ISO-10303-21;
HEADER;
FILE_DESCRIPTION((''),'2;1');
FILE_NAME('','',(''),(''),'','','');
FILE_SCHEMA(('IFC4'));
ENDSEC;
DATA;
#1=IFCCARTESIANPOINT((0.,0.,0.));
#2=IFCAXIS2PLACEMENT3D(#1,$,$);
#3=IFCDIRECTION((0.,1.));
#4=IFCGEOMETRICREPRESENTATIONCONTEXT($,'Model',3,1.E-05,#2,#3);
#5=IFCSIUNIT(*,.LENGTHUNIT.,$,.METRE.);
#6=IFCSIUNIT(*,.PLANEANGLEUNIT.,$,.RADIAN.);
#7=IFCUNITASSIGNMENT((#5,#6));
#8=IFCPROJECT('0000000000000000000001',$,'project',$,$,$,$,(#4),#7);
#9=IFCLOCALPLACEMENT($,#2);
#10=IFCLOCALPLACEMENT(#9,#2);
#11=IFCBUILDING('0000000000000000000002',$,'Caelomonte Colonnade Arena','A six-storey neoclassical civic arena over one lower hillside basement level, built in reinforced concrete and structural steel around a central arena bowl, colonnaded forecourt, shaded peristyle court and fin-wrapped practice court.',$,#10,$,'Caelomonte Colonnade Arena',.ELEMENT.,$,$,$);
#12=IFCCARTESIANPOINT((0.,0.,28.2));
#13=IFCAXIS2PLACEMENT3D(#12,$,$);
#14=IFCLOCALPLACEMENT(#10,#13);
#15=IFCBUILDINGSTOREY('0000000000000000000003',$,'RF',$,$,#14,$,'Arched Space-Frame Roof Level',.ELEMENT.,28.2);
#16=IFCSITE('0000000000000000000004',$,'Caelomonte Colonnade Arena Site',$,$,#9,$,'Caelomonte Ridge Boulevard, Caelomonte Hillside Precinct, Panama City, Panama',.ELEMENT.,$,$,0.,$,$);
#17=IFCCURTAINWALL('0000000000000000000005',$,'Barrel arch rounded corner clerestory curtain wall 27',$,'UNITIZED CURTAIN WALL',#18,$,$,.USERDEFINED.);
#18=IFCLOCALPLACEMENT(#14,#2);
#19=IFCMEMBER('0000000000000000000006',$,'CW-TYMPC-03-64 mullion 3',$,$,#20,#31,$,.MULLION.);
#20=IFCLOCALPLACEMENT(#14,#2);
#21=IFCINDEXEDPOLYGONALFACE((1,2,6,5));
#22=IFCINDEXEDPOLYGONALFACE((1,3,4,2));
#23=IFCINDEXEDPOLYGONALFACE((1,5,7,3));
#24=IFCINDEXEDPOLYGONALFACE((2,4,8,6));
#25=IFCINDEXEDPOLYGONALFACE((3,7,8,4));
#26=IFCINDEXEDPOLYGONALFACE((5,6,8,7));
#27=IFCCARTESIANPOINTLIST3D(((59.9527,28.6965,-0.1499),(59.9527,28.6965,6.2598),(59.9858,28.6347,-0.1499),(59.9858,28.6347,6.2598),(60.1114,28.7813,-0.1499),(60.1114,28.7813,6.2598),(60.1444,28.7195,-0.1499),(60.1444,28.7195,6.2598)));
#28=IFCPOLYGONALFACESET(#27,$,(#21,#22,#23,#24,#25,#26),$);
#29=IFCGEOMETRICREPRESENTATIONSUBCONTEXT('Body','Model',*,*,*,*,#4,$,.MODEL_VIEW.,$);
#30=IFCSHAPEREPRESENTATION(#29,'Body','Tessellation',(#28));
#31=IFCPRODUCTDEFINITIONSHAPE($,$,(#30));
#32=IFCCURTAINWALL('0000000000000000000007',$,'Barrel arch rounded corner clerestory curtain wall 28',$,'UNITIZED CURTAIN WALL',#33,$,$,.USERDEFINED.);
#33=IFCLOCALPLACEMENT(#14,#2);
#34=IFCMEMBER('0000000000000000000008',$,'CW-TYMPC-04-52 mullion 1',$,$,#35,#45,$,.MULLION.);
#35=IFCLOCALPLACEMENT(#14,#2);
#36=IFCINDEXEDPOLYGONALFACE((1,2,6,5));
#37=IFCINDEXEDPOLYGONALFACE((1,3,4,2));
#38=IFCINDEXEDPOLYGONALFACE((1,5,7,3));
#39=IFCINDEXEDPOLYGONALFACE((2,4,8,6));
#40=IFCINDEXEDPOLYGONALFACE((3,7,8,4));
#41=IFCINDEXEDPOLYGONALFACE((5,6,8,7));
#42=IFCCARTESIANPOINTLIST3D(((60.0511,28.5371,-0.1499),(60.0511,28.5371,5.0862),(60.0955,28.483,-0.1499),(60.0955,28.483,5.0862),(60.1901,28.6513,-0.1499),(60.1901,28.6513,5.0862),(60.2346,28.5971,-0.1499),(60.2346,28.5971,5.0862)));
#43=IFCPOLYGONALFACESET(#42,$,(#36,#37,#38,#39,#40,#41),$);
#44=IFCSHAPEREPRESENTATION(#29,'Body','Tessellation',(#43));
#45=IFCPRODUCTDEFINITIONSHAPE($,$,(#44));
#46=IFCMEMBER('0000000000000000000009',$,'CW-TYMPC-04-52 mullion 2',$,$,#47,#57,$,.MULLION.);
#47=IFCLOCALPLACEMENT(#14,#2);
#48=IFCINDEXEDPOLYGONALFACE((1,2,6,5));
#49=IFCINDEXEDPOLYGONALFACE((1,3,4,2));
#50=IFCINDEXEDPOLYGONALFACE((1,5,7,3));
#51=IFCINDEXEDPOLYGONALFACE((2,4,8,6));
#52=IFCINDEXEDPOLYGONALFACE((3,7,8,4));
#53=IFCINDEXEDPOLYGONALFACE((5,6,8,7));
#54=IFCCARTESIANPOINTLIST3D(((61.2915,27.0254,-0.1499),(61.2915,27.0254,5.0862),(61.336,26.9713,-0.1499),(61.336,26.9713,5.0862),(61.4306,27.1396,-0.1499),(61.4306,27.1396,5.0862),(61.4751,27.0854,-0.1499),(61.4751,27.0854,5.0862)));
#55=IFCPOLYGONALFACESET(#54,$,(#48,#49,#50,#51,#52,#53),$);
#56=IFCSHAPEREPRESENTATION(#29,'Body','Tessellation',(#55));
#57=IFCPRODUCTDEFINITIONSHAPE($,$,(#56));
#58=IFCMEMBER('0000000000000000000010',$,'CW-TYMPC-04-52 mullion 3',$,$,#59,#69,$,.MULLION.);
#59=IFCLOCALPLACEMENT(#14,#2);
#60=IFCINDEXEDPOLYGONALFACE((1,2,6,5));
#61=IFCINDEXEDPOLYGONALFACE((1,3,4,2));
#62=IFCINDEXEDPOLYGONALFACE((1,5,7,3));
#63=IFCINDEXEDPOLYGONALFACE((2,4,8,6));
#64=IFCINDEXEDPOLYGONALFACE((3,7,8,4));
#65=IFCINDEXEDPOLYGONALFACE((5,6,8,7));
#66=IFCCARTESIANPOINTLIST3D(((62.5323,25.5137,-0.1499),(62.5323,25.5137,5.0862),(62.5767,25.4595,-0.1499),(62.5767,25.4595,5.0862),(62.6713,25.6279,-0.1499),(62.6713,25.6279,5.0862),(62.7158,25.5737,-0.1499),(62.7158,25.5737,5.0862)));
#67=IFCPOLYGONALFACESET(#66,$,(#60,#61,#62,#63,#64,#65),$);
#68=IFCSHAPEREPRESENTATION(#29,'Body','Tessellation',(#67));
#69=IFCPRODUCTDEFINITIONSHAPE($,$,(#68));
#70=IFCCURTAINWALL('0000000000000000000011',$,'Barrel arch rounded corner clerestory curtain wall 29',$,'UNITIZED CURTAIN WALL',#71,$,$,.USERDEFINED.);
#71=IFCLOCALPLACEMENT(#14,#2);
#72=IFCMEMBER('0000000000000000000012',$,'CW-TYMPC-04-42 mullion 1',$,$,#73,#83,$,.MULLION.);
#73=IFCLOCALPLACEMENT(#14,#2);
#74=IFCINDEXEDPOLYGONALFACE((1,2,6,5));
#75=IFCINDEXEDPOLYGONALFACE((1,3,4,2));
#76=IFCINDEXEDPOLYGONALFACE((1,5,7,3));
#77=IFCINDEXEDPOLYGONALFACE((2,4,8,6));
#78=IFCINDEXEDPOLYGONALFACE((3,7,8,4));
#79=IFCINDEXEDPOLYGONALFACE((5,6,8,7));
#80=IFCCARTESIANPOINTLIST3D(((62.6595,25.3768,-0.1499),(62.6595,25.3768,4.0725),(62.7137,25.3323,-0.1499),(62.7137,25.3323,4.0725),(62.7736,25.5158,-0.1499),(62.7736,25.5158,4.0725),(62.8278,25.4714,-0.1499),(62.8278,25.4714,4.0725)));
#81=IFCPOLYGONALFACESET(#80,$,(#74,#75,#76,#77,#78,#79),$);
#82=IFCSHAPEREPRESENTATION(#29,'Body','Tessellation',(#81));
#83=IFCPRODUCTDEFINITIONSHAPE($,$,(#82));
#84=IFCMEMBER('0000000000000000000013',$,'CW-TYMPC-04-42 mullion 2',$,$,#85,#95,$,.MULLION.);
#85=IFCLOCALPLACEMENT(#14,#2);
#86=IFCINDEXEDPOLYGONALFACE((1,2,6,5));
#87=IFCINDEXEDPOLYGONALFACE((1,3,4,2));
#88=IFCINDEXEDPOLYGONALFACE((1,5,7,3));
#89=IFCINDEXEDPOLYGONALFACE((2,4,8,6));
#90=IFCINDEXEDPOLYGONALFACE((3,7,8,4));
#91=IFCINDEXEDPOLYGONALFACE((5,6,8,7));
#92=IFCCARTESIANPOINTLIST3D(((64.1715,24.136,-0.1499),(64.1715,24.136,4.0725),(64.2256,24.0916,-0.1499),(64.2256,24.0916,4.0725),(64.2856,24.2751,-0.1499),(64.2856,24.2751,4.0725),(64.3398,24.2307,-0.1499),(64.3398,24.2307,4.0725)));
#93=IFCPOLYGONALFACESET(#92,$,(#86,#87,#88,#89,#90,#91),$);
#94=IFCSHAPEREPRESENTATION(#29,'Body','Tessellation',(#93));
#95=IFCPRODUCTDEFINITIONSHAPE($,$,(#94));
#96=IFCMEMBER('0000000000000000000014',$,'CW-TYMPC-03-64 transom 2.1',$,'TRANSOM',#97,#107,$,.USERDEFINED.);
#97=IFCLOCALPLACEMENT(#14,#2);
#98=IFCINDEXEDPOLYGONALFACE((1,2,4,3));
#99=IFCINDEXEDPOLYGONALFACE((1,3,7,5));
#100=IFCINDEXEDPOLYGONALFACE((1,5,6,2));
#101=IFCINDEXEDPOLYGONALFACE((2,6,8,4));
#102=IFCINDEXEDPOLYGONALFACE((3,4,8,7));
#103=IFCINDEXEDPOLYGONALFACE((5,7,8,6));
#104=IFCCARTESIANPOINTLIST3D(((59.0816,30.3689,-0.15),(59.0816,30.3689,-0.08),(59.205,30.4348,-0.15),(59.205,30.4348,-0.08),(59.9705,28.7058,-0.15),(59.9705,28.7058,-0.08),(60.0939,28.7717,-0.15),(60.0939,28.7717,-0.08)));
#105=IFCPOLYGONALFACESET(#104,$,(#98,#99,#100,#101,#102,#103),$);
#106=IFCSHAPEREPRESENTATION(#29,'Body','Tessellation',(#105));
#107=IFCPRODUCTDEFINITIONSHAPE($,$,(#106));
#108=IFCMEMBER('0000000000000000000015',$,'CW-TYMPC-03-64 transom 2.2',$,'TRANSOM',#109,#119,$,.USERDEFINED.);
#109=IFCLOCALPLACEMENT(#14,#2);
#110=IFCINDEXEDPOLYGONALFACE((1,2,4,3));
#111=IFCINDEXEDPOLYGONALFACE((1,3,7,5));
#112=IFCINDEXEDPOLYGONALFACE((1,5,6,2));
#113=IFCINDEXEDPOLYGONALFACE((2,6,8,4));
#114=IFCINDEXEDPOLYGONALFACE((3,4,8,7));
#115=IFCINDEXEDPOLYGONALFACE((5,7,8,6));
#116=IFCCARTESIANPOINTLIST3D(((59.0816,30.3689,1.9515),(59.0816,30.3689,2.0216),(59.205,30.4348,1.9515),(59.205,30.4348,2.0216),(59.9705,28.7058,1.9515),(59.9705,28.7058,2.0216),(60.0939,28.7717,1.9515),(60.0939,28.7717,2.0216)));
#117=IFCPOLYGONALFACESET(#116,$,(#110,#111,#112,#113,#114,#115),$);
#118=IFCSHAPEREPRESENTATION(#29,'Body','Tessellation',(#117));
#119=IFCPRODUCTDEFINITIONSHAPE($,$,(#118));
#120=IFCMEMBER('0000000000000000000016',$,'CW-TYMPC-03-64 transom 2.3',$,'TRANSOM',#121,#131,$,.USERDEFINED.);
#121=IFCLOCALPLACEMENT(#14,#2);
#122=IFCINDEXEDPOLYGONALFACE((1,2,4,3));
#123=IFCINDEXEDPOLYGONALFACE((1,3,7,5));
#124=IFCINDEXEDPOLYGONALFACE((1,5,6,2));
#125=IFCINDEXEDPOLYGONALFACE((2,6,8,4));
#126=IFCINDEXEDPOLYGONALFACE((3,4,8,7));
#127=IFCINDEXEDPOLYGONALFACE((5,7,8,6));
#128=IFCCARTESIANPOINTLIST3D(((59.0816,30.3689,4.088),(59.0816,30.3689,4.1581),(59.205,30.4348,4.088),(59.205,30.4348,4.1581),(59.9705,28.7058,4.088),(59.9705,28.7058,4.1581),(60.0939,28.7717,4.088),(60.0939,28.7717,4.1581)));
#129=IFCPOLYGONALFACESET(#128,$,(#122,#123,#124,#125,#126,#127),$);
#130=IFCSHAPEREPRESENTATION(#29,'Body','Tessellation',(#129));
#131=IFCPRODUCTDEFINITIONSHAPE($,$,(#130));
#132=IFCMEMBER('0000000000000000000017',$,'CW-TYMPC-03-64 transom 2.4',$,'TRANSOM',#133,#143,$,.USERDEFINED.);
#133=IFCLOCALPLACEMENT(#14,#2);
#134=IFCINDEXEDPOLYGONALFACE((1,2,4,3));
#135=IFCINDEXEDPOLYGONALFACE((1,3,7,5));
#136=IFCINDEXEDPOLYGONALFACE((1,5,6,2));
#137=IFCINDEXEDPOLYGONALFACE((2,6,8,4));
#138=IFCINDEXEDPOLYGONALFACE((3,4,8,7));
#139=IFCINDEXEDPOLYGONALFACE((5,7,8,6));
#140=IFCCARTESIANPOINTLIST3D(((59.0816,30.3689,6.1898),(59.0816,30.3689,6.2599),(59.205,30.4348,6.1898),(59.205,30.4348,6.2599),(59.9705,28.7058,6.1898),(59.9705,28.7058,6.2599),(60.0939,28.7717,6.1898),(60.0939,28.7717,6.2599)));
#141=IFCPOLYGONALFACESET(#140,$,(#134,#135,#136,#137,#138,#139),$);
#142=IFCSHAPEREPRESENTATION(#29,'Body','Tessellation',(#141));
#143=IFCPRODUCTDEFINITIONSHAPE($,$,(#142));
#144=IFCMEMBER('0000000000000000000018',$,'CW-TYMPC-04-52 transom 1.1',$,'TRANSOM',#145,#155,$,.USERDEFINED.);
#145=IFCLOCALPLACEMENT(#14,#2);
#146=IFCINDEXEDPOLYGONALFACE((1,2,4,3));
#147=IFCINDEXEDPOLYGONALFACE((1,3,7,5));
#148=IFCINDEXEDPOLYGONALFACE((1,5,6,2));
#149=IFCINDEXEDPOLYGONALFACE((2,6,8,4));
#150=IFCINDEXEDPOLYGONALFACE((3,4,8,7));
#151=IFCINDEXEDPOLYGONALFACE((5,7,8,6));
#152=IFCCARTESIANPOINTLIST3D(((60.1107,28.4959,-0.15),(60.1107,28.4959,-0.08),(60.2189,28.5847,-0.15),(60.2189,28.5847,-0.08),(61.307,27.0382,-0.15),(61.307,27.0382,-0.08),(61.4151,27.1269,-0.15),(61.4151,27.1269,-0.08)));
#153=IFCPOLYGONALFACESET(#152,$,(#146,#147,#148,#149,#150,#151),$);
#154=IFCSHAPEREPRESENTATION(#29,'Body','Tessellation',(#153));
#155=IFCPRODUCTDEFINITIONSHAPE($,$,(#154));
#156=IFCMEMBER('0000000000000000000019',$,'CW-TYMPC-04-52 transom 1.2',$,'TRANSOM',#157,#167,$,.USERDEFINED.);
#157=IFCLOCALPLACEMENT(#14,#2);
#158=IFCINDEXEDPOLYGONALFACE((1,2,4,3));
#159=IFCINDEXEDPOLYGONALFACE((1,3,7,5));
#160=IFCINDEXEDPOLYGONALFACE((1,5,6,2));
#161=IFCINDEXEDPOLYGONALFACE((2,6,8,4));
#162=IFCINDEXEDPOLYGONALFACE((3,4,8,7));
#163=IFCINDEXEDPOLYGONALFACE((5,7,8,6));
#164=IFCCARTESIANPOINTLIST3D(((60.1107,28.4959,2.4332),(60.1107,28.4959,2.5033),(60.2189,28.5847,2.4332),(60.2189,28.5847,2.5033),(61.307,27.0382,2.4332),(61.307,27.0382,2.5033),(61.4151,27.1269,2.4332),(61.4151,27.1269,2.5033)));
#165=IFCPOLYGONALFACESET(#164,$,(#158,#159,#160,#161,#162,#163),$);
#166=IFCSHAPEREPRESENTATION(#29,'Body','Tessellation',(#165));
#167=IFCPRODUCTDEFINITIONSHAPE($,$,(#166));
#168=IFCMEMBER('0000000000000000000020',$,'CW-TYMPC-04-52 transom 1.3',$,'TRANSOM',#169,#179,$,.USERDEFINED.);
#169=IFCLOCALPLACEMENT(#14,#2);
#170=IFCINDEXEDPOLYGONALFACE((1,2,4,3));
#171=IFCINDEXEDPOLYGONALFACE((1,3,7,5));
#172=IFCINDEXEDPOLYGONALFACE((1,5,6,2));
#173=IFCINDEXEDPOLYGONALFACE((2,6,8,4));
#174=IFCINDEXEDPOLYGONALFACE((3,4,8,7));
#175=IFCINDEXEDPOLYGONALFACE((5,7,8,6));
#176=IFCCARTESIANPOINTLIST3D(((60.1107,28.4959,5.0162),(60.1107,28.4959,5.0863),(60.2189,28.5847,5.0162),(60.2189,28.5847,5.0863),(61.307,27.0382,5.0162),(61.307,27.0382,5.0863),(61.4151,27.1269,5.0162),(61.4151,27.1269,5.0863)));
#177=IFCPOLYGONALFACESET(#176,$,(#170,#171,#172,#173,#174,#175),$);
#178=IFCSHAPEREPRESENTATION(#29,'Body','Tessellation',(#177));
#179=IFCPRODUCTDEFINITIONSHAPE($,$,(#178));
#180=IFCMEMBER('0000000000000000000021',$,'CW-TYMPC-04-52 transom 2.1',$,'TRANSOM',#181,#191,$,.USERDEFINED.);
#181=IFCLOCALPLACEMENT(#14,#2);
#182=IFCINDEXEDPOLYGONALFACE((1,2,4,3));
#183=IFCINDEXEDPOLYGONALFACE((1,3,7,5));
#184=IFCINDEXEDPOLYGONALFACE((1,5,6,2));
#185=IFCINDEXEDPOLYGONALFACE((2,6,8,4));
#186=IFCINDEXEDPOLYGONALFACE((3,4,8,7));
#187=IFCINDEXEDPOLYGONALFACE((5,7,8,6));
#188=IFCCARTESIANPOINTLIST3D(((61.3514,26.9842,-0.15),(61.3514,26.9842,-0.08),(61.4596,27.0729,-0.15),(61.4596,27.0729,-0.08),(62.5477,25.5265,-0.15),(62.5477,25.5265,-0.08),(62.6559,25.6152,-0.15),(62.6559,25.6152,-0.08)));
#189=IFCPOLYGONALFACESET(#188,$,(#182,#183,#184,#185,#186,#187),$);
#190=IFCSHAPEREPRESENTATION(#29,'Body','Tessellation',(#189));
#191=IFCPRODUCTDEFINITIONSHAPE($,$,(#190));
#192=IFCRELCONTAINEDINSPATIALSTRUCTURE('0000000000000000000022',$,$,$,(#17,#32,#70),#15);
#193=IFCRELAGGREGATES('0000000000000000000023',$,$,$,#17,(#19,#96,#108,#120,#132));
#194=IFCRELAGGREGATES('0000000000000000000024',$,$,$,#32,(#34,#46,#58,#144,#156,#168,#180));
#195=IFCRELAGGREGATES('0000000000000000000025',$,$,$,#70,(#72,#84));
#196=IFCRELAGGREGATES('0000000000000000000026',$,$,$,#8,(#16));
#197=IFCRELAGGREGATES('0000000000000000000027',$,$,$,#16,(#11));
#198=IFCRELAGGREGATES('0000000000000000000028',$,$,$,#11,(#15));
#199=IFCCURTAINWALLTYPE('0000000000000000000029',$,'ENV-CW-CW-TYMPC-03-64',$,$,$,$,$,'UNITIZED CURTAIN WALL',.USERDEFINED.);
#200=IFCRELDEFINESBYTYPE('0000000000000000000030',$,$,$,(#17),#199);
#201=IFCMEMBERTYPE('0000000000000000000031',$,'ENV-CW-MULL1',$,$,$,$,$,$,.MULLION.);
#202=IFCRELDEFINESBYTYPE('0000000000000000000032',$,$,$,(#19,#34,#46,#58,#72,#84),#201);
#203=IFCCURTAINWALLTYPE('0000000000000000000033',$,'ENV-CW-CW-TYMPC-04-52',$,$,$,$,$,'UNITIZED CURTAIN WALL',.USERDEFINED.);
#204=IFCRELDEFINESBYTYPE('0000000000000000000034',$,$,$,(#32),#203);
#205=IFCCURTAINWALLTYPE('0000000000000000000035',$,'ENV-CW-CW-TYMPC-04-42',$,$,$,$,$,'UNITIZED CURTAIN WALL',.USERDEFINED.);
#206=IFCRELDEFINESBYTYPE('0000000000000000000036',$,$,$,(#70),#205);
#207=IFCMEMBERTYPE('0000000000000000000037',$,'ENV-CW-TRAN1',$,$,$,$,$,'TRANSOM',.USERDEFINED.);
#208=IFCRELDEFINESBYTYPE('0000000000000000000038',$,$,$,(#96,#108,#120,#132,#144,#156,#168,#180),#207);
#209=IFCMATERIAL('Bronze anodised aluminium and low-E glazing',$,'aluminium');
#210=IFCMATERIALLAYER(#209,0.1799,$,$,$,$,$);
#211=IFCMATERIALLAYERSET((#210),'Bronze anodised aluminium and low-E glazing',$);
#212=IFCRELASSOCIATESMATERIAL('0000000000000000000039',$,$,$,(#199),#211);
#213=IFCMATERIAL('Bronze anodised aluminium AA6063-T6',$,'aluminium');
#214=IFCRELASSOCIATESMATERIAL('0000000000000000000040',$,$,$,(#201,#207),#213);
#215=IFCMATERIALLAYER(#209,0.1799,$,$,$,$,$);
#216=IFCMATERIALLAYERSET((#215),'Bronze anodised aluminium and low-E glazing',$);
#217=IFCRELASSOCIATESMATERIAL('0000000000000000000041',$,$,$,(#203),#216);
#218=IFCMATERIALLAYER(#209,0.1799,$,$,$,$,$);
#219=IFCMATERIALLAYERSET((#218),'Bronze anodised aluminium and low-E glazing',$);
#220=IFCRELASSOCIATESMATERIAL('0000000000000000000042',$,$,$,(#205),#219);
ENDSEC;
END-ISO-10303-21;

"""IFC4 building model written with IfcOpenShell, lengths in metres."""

from ifc_helpers import new_model, si_unit, direction, frame, origin, origin_2d, place, context, subcontext, project, spatial, rectangle, extrude, material, layer, layer_set, material_profile, profile_set, type_object, element, aggregate, save


model = new_model("IFC4")

# Units and contexts
model_context = context("Model", 3, precision=1e-05, world=origin(), true_north=direction((0.0, 1.0)))
body_context = subcontext(model_context, "Body", "Model", "MODEL_VIEW")
ifc_project = project(units=[si_unit("LENGTHUNIT", "METRE"), si_unit("PLANEANGLEUNIT", "RADIAN")], contexts=[model_context])

# Site, building, storey
site_placement = place(None, origin())
site = spatial("IfcSite", under=ifc_project, at=site_placement, Name="Caelomonte Colonnade Arena Site", LongName="Caelomonte Ridge Boulevard, Caelomonte Hillside Precinct, Panama City, Panama", CompositionType="ELEMENT", RefElevation=0.0)
building_placement = place(site_placement, origin())
building = spatial("IfcBuilding", under=site, at=building_placement, Name="Caelomonte Colonnade Arena", Description="A six-storey neoclassical civic arena over one lower hillside basement level, built in reinforced concrete and structural steel around a central arena bowl, colonnaded forecourt, shaded peristyle court and fin-wrapped practice court.", LongName="Caelomonte Colonnade Arena", CompositionType="ELEMENT")
storey_placement = place(building_placement, frame((0.0, 0.0, 28.2)))
storey = spatial("IfcBuildingStorey", under=building, at=storey_placement, Name="RF", LongName="Arched Space-Frame Roof Level", CompositionType="ELEMENT", Elevation=28.2)

# Curtain wall, member
ifc_material_1 = material(Name="Bronze anodised aluminium and low-E glazing", Category="aluminium")
ifc_layer_1 = layer(ifc_material_1, 0.1799)
ifc_layer_set_1 = layer_set([ifc_layer_1], Name="Bronze anodised aluminium and low-E glazing")
curtain_wall_type_1 = type_object("IfcCurtainWallType", Name="ENV-CW-CW-TYMPC-03-64", ElementType="UNITIZED CURTAIN WALL", PredefinedType="USERDEFINED", material=ifc_layer_set_1)
curtain_wall_1_placement = place(storey_placement, origin())
curtain_wall_1 = element("IfcCurtainWall", 1, at=curtain_wall_1_placement, inside=storey, type_object=curtain_wall_type_1, Name="Barrel arch rounded corner clerestory curtain wall 27", ObjectType="UNITIZED CURTAIN WALL", PredefinedType="USERDEFINED")
ifc_material_2 = material(Name="Bronze anodised aluminium AA6063-T6", Category="aluminium")
ifc_material_profile_1 = material_profile(ifc_material_2, rectangle(XDim=0.0701, YDim=0.1799, at=origin_2d()), Name="CWM-70X180")
ifc_profile_set_1 = profile_set([ifc_material_profile_1], Name="Bronze anodised aluminium AA6063-T6")
member_type_1 = type_object("IfcMemberType", Name="ENV-CW-MULL1", PredefinedType="MULLION", material=ifc_profile_set_1)
member_1_placement = place(storey_placement, frame((60.0486, 28.708, -0.1499), z_axis=(0.0, 0.0, 1.0), x_axis=(0.471391, -0.881924, 0.0)))
member_1 = element("IfcMember", 2, at=member_1_placement, type_object=member_type_1, Name="CW-TYMPC-03-64 mullion 3", PredefinedType="MULLION", context=body_context, shape_type="SweptSolid", body=[
    extrude(rectangle(XDim=0.0701, YDim=0.1799, at=origin_2d()), origin(), (0.0, 0.0, 1.0), 6.4097),
])

# Curtain walls, members
ifc_layer_2 = layer(ifc_material_1, 0.1799)
ifc_layer_set_2 = layer_set([ifc_layer_2], Name="Bronze anodised aluminium and low-E glazing")
curtain_wall_type_2 = type_object("IfcCurtainWallType", Name="ENV-CW-CW-TYMPC-04-52", ElementType="UNITIZED CURTAIN WALL", PredefinedType="USERDEFINED", material=ifc_layer_set_2)
curtain_wall_2_placement = place(storey_placement, origin())
curtain_wall_2 = element("IfcCurtainWall", 3, at=curtain_wall_2_placement, inside=storey, type_object=curtain_wall_type_2, Name="Barrel arch rounded corner clerestory curtain wall 28", ObjectType="UNITIZED CURTAIN WALL", PredefinedType="USERDEFINED")
member_2_placement = place(storey_placement, frame((60.1428, 28.5671, -0.1499), z_axis=(0.0, 0.0, 1.0), x_axis=(0.634405, -0.773001, 0.0)))
member_2 = element("IfcMember", 4, at=member_2_placement, type_object=member_type_1, Name="CW-TYMPC-04-52 mullion 1", PredefinedType="MULLION", context=body_context, shape_type="SweptSolid", body=[
    extrude(rectangle(XDim=0.0701, YDim=0.1799, at=origin_2d()), origin(), (0.0, 0.0, 1.0), 5.2361),
])
member_3_placement = place(storey_placement, frame((61.3833, 27.0554, -0.1499), z_axis=(0.0, 0.0, 1.0), x_axis=(0.634405, -0.773001, 0.0)))
member_3 = element("IfcMember", 5, at=member_3_placement, type_object=member_type_1, Name="CW-TYMPC-04-52 mullion 2", PredefinedType="MULLION", context=body_context, shape_type="SweptSolid", body=[
    extrude(rectangle(XDim=0.0701, YDim=0.1799, at=origin_2d()), origin(), (0.0, 0.0, 1.0), 5.2361),
])
member_4_placement = place(storey_placement, frame((62.624, 25.5437, -0.1499), z_axis=(0.0, 0.0, 1.0), x_axis=(0.634405, -0.773001, 0.0)))
member_4 = element("IfcMember", 6, at=member_4_placement, type_object=member_type_1, Name="CW-TYMPC-04-52 mullion 3", PredefinedType="MULLION", context=body_context, shape_type="SweptSolid", body=[
    extrude(rectangle(XDim=0.0701, YDim=0.1799, at=origin_2d()), origin(), (0.0, 0.0, 1.0), 5.2361),
])
ifc_layer_3 = layer(ifc_material_1, 0.1799)
ifc_layer_set_3 = layer_set([ifc_layer_3], Name="Bronze anodised aluminium and low-E glazing")
curtain_wall_type_3 = type_object("IfcCurtainWallType", Name="ENV-CW-CW-TYMPC-04-42", ElementType="UNITIZED CURTAIN WALL", PredefinedType="USERDEFINED", material=ifc_layer_set_3)
curtain_wall_3_placement = place(storey_placement, origin())
curtain_wall_3 = element("IfcCurtainWall", 7, at=curtain_wall_3_placement, inside=storey, type_object=curtain_wall_type_3, Name="Barrel arch rounded corner clerestory curtain wall 29", ObjectType="UNITIZED CURTAIN WALL", PredefinedType="USERDEFINED")
member_5_placement = place(storey_placement, frame((62.7437, 25.4241, -0.1499), z_axis=(0.0, 0.0, 1.0), x_axis=(0.773001, -0.634405, 0.0)))
member_5 = element("IfcMember", 8, at=member_5_placement, type_object=member_type_1, Name="CW-TYMPC-04-42 mullion 1", PredefinedType="MULLION", context=body_context, shape_type="SweptSolid", body=[
    extrude(rectangle(XDim=0.0701, YDim=0.1799, at=origin_2d()), origin(), (0.0, 0.0, 1.0), 4.2224),
])
member_6_placement = place(storey_placement, frame((64.2556, 24.1833, -0.1499), z_axis=(0.0, 0.0, 1.0), x_axis=(0.773001, -0.634405, 0.0)))
member_6 = element("IfcMember", 9, at=member_6_placement, type_object=member_type_1, Name="CW-TYMPC-04-42 mullion 2", PredefinedType="MULLION", context=body_context, shape_type="SweptSolid", body=[
    extrude(rectangle(XDim=0.0701, YDim=0.1799, at=origin_2d()), origin(), (0.0, 0.0, 1.0), 4.2224),
])

# Members
ifc_material_profile_2 = material_profile(ifc_material_2, rectangle(XDim=0.0701, YDim=0.1399, at=origin_2d()), Name="CWT-70X140")
ifc_profile_set_2 = profile_set([ifc_material_profile_2], Name="Bronze anodised aluminium AA6063-T6")
member_type_2 = type_object("IfcMemberType", Name="ENV-CW-TRAN1", ElementType="TRANSOM", PredefinedType="USERDEFINED", material=ifc_profile_set_2)
member_7_placement = place(storey_placement, frame((59.1433, 30.4019, -0.115), z_axis=(0.471388, -0.881926, 0.0), x_axis=(0.0, 0.0, 1.0)))
member_7 = element("IfcMember", 10, at=member_7_placement, type_object=member_type_2, Name="CW-TYMPC-03-64 transom 2.1", ObjectType="TRANSOM", PredefinedType="USERDEFINED", context=body_context, shape_type="SweptSolid", body=[
    extrude(rectangle(XDim=0.0701, YDim=0.1399, at=origin_2d()), origin(), (0.0, 0.0, 1.0), 1.8857),
])
member_8_placement = place(storey_placement, frame((59.1433, 30.4019, 1.9866), z_axis=(0.471388, -0.881926, 0.0), x_axis=(0.0, 0.0, 1.0)))
member_8 = element("IfcMember", 11, at=member_8_placement, type_object=member_type_2, Name="CW-TYMPC-03-64 transom 2.2", ObjectType="TRANSOM", PredefinedType="USERDEFINED", context=body_context, shape_type="SweptSolid", body=[
    extrude(rectangle(XDim=0.0701, YDim=0.1399, at=origin_2d()), origin(), (0.0, 0.0, 1.0), 1.8857),
])
member_9_placement = place(storey_placement, frame((59.1433, 30.4019, 4.123), z_axis=(0.471388, -0.881926, 0.0), x_axis=(0.0, 0.0, 1.0)))
member_9 = element("IfcMember", 12, at=member_9_placement, type_object=member_type_2, Name="CW-TYMPC-03-64 transom 2.3", ObjectType="TRANSOM", PredefinedType="USERDEFINED", context=body_context, shape_type="SweptSolid", body=[
    extrude(rectangle(XDim=0.0701, YDim=0.1399, at=origin_2d()), origin(), (0.0, 0.0, 1.0), 1.8857),
])
member_10_placement = place(storey_placement, frame((59.1433, 30.4019, 6.2249), z_axis=(0.471388, -0.881926, 0.0), x_axis=(0.0, 0.0, 1.0)))
member_10 = element("IfcMember", 13, at=member_10_placement, type_object=member_type_2, Name="CW-TYMPC-03-64 transom 2.4", ObjectType="TRANSOM", PredefinedType="USERDEFINED", context=body_context, shape_type="SweptSolid", body=[
    extrude(rectangle(XDim=0.0701, YDim=0.1399, at=origin_2d()), origin(), (0.0, 0.0, 1.0), 1.8857),
])
member_11_placement = place(storey_placement, frame((60.1648, 28.5403, -0.115), z_axis=(0.634372, -0.773028, 0.0), x_axis=(0.0, 0.0, 1.0)))
member_11 = element("IfcMember", 14, at=member_11_placement, type_object=member_type_2, Name="CW-TYMPC-04-52 transom 1.1", ObjectType="TRANSOM", PredefinedType="USERDEFINED", context=body_context, shape_type="SweptSolid", body=[
    extrude(rectangle(XDim=0.0701, YDim=0.1399, at=origin_2d()), origin(), (0.0, 0.0, 1.0), 1.8857),
])
member_12_placement = place(storey_placement, frame((60.1648, 28.5403, 2.4683), z_axis=(0.634372, -0.773028, 0.0), x_axis=(0.0, 0.0, 1.0)))
member_12 = element("IfcMember", 15, at=member_12_placement, type_object=member_type_2, Name="CW-TYMPC-04-52 transom 1.2", ObjectType="TRANSOM", PredefinedType="USERDEFINED", context=body_context, shape_type="SweptSolid", body=[
    extrude(rectangle(XDim=0.0701, YDim=0.1399, at=origin_2d()), origin(), (0.0, 0.0, 1.0), 1.8857),
])
member_13_placement = place(storey_placement, frame((60.1648, 28.5403, 5.0513), z_axis=(0.634372, -0.773028, 0.0), x_axis=(0.0, 0.0, 1.0)))
member_13 = element("IfcMember", 16, at=member_13_placement, type_object=member_type_2, Name="CW-TYMPC-04-52 transom 1.3", ObjectType="TRANSOM", PredefinedType="USERDEFINED", context=body_context, shape_type="SweptSolid", body=[
    extrude(rectangle(XDim=0.0701, YDim=0.1399, at=origin_2d()), origin(), (0.0, 0.0, 1.0), 1.8857),
])
member_14_placement = place(storey_placement, frame((61.4055, 27.0286, -0.115), z_axis=(0.634372, -0.773028, 0.0), x_axis=(0.0, 0.0, 1.0)))
member_14 = element("IfcMember", 17, at=member_14_placement, type_object=member_type_2, Name="CW-TYMPC-04-52 transom 2.1", ObjectType="TRANSOM", PredefinedType="USERDEFINED", context=body_context, shape_type="SweptSolid", body=[
    extrude(rectangle(XDim=0.0701, YDim=0.1399, at=origin_2d()), origin(), (0.0, 0.0, 1.0), 1.8857),
])

aggregate(curtain_wall_1, [member_1, member_7, member_8, member_9, member_10])
aggregate(curtain_wall_2, [member_2, member_3, member_4, member_11, member_12, member_13, member_14])
aggregate(curtain_wall_3, [member_5, member_6])

save(model, "model.ifc")
